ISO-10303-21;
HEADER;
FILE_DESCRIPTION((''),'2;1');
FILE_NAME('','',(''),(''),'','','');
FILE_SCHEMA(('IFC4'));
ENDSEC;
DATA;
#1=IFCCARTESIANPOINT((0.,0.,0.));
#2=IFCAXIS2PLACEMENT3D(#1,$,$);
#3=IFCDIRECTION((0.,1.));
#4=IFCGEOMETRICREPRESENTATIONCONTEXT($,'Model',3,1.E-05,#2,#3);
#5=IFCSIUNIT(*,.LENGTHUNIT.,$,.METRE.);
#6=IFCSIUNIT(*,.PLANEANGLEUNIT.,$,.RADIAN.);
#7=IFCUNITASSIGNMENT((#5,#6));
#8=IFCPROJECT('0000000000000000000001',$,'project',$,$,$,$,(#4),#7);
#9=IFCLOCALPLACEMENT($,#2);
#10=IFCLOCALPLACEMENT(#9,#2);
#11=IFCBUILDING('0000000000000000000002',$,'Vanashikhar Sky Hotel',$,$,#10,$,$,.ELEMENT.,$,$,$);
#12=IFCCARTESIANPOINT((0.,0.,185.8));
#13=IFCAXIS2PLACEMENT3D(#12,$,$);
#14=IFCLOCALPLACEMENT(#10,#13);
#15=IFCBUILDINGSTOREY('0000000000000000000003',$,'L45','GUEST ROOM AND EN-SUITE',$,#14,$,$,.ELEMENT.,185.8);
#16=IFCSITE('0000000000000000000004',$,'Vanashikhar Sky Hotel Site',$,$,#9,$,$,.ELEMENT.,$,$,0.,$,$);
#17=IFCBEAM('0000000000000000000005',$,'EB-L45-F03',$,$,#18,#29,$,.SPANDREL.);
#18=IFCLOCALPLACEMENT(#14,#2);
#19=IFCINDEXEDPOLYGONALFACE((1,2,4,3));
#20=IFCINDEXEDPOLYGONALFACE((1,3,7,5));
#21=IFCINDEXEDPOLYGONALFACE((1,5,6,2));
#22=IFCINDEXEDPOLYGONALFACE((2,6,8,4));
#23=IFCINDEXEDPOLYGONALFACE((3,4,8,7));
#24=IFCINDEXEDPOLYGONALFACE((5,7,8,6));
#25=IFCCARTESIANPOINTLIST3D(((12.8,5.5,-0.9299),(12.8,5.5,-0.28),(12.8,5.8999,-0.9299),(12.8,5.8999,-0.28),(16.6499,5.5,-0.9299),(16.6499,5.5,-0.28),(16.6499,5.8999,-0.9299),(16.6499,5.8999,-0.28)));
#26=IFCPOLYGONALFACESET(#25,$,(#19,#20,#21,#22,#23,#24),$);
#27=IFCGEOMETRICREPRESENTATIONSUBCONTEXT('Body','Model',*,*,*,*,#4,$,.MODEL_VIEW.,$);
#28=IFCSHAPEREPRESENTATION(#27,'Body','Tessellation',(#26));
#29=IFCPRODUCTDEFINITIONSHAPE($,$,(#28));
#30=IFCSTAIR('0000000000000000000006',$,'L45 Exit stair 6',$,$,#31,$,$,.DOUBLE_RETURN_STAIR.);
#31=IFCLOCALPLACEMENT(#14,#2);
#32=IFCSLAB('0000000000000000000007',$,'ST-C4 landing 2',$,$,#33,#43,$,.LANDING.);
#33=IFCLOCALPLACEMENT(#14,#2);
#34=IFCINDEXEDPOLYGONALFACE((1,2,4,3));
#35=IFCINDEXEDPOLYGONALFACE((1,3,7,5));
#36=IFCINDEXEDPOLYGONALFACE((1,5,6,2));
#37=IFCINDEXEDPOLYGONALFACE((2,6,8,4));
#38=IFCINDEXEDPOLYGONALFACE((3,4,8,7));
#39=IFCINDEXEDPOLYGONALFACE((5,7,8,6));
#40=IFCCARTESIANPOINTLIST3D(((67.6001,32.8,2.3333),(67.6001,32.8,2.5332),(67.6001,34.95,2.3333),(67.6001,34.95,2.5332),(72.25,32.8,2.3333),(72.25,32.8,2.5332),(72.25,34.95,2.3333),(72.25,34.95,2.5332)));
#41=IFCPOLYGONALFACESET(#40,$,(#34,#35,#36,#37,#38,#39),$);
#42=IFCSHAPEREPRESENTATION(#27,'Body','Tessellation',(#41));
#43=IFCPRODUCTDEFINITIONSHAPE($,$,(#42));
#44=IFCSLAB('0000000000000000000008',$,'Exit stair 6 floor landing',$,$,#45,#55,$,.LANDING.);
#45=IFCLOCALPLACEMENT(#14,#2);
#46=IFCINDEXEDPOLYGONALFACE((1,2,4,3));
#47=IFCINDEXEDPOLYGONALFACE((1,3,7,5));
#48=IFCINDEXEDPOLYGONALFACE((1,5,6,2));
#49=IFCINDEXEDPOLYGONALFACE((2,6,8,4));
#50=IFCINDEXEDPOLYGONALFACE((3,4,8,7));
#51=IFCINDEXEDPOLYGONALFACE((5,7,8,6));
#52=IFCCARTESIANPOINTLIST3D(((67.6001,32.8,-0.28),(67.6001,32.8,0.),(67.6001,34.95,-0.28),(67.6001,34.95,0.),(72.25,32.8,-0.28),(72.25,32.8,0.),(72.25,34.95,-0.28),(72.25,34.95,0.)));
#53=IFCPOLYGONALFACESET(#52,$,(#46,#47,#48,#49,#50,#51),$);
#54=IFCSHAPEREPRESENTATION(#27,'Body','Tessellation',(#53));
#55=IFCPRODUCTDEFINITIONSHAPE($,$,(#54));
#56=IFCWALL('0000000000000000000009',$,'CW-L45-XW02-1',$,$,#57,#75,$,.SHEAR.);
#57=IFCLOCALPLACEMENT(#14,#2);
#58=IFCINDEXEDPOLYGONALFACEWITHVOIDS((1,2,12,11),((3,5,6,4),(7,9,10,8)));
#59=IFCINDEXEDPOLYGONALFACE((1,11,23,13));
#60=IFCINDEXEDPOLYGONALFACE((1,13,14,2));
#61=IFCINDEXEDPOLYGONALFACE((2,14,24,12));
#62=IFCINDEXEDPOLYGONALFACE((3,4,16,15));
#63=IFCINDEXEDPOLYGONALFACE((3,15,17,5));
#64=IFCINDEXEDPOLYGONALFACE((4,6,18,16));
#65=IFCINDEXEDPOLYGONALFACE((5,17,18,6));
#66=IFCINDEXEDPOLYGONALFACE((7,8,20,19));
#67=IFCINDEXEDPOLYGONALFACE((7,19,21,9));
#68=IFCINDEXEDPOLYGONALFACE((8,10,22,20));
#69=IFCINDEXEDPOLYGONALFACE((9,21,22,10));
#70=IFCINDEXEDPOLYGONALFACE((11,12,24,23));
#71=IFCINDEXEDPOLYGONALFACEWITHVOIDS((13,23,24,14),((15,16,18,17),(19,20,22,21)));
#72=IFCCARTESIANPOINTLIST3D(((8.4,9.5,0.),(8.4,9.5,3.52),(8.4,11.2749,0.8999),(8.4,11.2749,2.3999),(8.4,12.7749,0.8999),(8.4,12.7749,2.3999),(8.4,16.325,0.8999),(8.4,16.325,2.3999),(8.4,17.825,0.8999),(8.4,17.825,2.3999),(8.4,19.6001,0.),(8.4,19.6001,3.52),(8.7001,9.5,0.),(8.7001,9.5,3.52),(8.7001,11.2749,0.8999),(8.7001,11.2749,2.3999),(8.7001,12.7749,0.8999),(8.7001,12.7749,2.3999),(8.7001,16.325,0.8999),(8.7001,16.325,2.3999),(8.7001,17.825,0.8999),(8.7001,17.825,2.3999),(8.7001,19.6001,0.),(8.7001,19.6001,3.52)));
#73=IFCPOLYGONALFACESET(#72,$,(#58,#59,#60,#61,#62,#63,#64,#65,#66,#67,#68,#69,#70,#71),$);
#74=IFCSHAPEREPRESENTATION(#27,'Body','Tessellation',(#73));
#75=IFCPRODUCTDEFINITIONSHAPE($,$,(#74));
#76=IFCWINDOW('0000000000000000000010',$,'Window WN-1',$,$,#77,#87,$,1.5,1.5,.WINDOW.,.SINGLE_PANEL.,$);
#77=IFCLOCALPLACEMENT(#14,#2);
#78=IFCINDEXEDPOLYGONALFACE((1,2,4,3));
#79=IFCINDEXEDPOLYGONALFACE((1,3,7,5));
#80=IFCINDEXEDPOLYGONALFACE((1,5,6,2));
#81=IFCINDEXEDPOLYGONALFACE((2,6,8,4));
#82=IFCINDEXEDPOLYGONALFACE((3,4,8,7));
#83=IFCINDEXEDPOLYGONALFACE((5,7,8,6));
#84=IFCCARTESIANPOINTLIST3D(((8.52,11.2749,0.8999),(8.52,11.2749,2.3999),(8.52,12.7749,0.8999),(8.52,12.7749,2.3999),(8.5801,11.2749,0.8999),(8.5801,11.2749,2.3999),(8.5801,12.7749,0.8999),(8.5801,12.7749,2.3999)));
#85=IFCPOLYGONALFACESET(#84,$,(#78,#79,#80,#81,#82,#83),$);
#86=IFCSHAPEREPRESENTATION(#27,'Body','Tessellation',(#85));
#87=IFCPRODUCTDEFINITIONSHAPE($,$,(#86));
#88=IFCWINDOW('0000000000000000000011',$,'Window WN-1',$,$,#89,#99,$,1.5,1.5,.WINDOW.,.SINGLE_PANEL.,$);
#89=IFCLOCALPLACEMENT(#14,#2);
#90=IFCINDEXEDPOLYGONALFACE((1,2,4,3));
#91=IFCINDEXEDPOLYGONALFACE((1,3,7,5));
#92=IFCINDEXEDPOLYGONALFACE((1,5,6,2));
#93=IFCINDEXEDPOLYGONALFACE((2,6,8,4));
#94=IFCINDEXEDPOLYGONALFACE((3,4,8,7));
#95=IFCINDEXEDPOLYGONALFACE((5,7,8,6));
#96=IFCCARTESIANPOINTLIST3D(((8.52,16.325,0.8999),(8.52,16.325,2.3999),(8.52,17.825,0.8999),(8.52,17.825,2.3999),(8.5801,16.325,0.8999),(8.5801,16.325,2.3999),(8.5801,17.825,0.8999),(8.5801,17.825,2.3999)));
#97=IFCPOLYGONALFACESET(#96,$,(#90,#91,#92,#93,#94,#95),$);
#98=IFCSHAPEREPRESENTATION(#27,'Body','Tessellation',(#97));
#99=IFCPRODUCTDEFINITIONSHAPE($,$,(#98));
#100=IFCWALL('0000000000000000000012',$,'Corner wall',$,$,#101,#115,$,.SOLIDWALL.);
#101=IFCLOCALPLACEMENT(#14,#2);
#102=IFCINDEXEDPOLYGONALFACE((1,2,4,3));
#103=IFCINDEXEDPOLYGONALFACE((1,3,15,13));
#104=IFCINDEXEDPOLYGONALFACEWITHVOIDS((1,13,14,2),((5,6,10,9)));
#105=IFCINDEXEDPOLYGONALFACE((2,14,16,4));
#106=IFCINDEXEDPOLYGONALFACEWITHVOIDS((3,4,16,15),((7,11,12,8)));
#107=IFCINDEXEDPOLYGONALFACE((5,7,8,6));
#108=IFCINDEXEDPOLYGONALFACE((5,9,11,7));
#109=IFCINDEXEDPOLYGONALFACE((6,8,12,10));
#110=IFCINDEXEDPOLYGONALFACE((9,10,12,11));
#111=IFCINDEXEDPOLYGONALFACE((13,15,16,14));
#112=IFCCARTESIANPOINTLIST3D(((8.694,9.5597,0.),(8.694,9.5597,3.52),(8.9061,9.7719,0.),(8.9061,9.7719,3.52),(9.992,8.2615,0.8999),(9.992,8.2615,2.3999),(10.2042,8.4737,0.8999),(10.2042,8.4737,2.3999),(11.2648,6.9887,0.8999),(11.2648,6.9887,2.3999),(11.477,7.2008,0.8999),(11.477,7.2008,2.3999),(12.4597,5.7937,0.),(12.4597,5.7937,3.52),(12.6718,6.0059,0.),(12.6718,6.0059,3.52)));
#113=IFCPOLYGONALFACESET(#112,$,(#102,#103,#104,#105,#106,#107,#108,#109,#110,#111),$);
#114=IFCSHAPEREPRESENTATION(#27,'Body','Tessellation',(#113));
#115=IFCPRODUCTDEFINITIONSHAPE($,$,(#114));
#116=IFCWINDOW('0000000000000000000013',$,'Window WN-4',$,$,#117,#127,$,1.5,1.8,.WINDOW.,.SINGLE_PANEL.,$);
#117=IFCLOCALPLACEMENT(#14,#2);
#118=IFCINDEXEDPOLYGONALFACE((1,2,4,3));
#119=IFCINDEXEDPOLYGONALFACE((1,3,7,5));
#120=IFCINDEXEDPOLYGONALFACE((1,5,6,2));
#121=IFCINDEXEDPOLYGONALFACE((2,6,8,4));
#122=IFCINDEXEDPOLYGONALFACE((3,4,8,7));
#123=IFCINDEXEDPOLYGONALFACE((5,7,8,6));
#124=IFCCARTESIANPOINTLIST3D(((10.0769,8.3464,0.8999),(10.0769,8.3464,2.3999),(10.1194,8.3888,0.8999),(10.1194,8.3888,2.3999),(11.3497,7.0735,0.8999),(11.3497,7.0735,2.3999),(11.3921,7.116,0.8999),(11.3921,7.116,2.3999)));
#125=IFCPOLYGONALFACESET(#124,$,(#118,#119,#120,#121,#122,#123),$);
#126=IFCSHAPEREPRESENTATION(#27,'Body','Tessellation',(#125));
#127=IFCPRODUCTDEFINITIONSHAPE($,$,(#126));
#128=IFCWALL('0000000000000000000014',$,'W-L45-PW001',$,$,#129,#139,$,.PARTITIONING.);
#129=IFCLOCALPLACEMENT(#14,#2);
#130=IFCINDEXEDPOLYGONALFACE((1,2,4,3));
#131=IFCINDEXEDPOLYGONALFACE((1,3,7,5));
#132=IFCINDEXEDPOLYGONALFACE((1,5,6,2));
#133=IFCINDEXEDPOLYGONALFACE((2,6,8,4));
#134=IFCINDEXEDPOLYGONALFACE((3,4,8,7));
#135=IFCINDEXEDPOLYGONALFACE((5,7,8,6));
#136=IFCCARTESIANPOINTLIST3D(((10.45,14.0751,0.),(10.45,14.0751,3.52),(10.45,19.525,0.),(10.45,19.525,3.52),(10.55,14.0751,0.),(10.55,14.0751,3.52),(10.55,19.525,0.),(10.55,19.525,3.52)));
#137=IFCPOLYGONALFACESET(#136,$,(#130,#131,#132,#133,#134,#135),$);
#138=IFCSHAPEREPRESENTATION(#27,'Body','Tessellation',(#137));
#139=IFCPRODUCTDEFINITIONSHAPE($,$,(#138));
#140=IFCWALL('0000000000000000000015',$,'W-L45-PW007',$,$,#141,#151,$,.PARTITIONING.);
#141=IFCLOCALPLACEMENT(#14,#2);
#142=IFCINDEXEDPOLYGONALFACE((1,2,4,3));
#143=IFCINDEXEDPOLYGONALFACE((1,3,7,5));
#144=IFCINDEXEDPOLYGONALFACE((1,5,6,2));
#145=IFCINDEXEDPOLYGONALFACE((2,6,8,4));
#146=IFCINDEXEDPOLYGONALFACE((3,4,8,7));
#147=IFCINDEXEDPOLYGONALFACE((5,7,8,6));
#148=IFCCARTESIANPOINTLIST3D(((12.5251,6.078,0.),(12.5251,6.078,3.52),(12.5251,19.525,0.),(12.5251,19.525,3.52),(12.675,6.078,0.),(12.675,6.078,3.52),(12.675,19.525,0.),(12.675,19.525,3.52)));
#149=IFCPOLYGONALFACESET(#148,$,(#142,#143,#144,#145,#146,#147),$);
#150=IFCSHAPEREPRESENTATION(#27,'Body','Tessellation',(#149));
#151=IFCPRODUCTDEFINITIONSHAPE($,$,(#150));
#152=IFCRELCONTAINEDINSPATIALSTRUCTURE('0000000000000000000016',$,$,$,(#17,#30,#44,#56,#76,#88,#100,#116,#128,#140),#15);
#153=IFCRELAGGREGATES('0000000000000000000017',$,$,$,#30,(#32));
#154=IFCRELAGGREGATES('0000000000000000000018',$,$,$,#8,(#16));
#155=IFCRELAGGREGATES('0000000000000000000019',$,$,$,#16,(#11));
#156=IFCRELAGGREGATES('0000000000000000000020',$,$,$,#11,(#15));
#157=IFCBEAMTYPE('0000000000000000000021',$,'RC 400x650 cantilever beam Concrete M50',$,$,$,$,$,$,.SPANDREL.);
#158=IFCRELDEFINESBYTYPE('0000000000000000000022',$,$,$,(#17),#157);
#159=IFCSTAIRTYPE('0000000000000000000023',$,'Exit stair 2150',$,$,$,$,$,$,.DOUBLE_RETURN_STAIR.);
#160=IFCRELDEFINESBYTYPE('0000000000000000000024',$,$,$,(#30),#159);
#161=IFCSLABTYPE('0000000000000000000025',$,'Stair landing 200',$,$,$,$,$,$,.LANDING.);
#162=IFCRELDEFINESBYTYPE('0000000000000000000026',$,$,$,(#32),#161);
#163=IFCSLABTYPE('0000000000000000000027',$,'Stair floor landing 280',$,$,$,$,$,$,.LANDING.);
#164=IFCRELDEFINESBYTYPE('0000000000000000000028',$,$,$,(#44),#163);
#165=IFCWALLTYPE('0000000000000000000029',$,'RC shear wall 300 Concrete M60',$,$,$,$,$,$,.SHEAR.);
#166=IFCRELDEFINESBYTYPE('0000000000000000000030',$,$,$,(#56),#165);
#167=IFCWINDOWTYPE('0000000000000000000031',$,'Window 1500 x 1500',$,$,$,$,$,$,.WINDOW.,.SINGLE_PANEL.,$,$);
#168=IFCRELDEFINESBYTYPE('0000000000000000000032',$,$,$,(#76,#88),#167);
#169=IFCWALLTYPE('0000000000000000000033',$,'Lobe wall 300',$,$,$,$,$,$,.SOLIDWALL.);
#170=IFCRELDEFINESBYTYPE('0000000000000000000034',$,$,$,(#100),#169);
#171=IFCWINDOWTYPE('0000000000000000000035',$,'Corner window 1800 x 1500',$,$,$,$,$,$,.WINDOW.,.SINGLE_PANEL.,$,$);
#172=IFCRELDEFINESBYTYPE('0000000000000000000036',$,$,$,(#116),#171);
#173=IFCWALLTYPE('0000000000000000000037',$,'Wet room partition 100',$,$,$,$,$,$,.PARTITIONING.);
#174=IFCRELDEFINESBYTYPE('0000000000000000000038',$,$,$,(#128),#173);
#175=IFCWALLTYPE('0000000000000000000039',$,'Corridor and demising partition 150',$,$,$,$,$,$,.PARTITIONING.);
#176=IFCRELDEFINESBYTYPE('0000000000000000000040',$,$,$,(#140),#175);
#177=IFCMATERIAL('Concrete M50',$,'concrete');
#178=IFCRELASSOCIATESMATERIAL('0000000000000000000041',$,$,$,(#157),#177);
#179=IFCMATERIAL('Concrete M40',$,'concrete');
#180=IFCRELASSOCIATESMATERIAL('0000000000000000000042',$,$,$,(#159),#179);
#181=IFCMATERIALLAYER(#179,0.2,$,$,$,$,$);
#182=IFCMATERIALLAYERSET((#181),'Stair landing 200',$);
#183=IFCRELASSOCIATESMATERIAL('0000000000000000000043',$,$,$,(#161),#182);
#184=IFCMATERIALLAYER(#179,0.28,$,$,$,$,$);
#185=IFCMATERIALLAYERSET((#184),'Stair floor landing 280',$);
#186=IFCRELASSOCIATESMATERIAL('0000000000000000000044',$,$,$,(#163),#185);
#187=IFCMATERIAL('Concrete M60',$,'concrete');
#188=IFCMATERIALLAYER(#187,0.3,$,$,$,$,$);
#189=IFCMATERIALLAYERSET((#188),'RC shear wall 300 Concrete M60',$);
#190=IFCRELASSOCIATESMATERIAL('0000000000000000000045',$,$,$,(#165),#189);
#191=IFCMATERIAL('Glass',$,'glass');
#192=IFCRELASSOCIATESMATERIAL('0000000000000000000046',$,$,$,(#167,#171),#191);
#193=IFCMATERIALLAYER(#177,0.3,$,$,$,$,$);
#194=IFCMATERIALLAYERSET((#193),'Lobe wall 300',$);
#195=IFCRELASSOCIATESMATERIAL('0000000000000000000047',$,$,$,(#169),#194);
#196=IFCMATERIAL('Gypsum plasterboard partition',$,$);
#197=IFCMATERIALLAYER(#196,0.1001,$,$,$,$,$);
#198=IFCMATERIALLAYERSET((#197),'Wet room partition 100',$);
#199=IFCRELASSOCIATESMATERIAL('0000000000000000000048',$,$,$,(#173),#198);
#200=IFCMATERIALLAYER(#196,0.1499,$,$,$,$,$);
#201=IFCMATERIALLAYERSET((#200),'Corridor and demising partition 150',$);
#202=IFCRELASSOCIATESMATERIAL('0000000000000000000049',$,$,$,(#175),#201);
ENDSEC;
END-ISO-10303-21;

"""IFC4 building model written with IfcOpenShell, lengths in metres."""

from ifc_helpers import new_model, si_unit, direction, frame, frame_2d, origin, origin_2d, place, context, subcontext, project, spatial, polyline, rectangle, outline, extrude, source, transform, mapped, material, layer, layer_set, material_profile, profile_set, type_object, element, fill, aggregate, save


model = new_model("IFC4")

# Units and contexts
model_context = context("Model", 3, precision=1e-05, world=origin(), true_north=direction((0.0, 1.0)))
body_context = subcontext(model_context, "Body", "Model", "MODEL_VIEW")
ifc_project = project(units=[si_unit("LENGTHUNIT", "METRE"), si_unit("PLANEANGLEUNIT", "RADIAN")], contexts=[model_context])

# Site, building, storey
site_placement = place(None, origin())
site = spatial("IfcSite", under=ifc_project, at=site_placement, Name="Vanashikhar Sky Hotel Site", CompositionType="ELEMENT", RefElevation=0.0)
building_placement = place(site_placement, origin())
building = spatial("IfcBuilding", under=site, at=building_placement, Name="Vanashikhar Sky Hotel", CompositionType="ELEMENT")
storey_placement = place(building_placement, frame((0.0, 0.0, 185.8)))
storey = spatial("IfcBuildingStorey", under=building, at=storey_placement, Name="L45", Description="GUEST ROOM AND EN-SUITE", CompositionType="ELEMENT", Elevation=185.8)

# Beam
ifc_material_1 = material(Name="Concrete M50", Category="concrete")
ifc_material_profile = material_profile(ifc_material_1, rectangle(XDim=0.3999, YDim=0.6499, at=origin_2d()))
ifc_profile_set = profile_set([ifc_material_profile], Name="RC 400x650 cantilever beam Concrete M50")
beam_type = type_object("IfcBeamType", Name="RC 400x650 cantilever beam Concrete M50", PredefinedType="SPANDREL", material=ifc_profile_set)
shared_shape_1 = source(origin(), body_context, "Body", "SweptSolid", [
    extrude(rectangle(XDim=0.3999, YDim=0.6499, at=origin_2d()), origin(), (0.0, 0.0, 1.0), 3.8499),
])
beam_placement = place(storey_placement, frame((12.8, 5.7, -0.605), z_axis=(1.0, 0.0, 0.0), x_axis=(0.0, 1.0, 0.0)))
element("IfcBeam", 1, at=beam_placement, inside=storey, type_object=beam_type, Name="EB-L45-F03", PredefinedType="SPANDREL", context=body_context, shape_type="MappedRepresentation", body=[
    mapped(shared_shape_1, transform((0.0, 0.0, 0.0), scale=1.0)),
])

# Stair, slab
ifc_material_2 = material(Name="Concrete M40", Category="concrete")
stair_type = type_object("IfcStairType", Name="Exit stair 2150", PredefinedType="DOUBLE_RETURN_STAIR", material=ifc_material_2)
stair_placement = place(storey_placement, origin())
stair = element("IfcStair", 2, at=stair_placement, inside=storey, type_object=stair_type, Name="L45 Exit stair 6", PredefinedType="DOUBLE_RETURN_STAIR")
ifc_layer_1 = layer(ifc_material_2, 0.2)
ifc_layer_set_1 = layer_set([ifc_layer_1], Name="Stair landing 200")
slab_type_1 = type_object("IfcSlabType", Name="Stair landing 200", PredefinedType="LANDING", material=ifc_layer_set_1)
shared_shape_2 = source(origin(), body_context, "Body", "SweptSolid", [
    extrude(outline(polyline([(72.25, 32.8), (72.25, 34.95), (67.6001, 34.95), (67.6001, 32.8), (72.25, 32.8)])), origin(), (0.0, 0.0, 1.0), 0.2),
])
slab_1_placement = place(storey_placement, frame((0.0, 0.0, 2.3333)))
slab_1 = element("IfcSlab", 3, at=slab_1_placement, type_object=slab_type_1, Name="ST-C4 landing 2", PredefinedType="LANDING", context=body_context, shape_type="MappedRepresentation", body=[
    mapped(shared_shape_2, transform((0.0, 0.0, 0.0), scale=1.0)),
])
aggregate(stair, [slab_1])

# Slab
ifc_layer_2 = layer(ifc_material_2, 0.28)
ifc_layer_set_2 = layer_set([ifc_layer_2], Name="Stair floor landing 280")
slab_type_2 = type_object("IfcSlabType", Name="Stair floor landing 280", PredefinedType="LANDING", material=ifc_layer_set_2)
shared_shape_3 = source(origin(), body_context, "Body", "SweptSolid", [
    extrude(outline(polyline([(72.25, 32.8), (72.25, 34.95), (67.6001, 34.95), (67.6001, 32.8), (72.25, 32.8)])), origin(), (0.0, 0.0, 1.0), 0.28),
])
slab_2_placement = place(storey_placement, frame((0.0, 0.0, -0.28)))
element("IfcSlab", 4, at=slab_2_placement, inside=storey, type_object=slab_type_2, Name="Exit stair 6 floor landing", PredefinedType="LANDING", context=body_context, shape_type="MappedRepresentation", body=[
    mapped(shared_shape_3, transform((0.0, 0.0, 0.0), scale=1.0)),
])

# Wall, openings, windows
ifc_material_3 = material(Name="Concrete M60", Category="concrete")
ifc_layer_3 = layer(ifc_material_3, 0.3)
ifc_layer_set_3 = layer_set([ifc_layer_3], Name="RC shear wall 300 Concrete M60")
wall_type_1 = type_object("IfcWallType", Name="RC shear wall 300 Concrete M60", PredefinedType="SHEAR", material=ifc_layer_set_3)
shared_shape_4 = source(origin(), body_context, "Body", "SweptSolid", [
    extrude(rectangle(XDim=10.1001, YDim=0.3, at=frame_2d((5.05, 0.0))), origin(), (0.0, 0.0, 1.0), 3.52),
])
wall_1_placement = place(storey_placement, frame((8.55, 9.5, 0.0), z_axis=(0.0, 0.0, 1.0), x_axis=(0.0, 1.0, 0.0)))
wall_1 = element("IfcWall", 5, at=wall_1_placement, inside=storey, type_object=wall_type_1, Name="CW-L45-XW02-1", PredefinedType="SHEAR", context=body_context, shape_type="MappedRepresentation", body=[
    mapped(shared_shape_4, transform((0.0, 0.0, 0.0), scale=1.0)),
])
shared_shape_5 = source(origin(), body_context, "Body", "SweptSolid", [
    extrude(rectangle(XDim=1.5, YDim=1.5, at=frame_2d((0.75, 0.75))), frame((0.0, 0.1602, 0.0), z_axis=(0.0, -1.0, 0.0), x_axis=(1.0, 0.0, 0.0)), (0.0, 0.0, 1.0), 0.3201),
])
opening_1_placement = place(wall_1_placement, frame((1.7749, 0.0, 0.8999)))
opening_1 = element("IfcOpeningElement", 6, at=opening_1_placement, cuts=wall_1, PredefinedType="OPENING", context=body_context, shape_type="MappedRepresentation", body=[
    mapped(shared_shape_5, transform((0.0, 0.0, 0.0), scale=1.0)),
])
opening_2_placement = place(wall_1_placement, frame((6.825, 0.0, 0.8999)))
opening_2 = element("IfcOpeningElement", 7, at=opening_2_placement, cuts=wall_1, PredefinedType="OPENING", context=body_context, shape_type="MappedRepresentation", body=[
    mapped(shared_shape_5, transform((0.0, 0.0, 0.0), scale=1.0)),
])
ifc_material_4 = material(Name="Glass", Category="glass")
window_type_1 = type_object("IfcWindowType", Name="Window 1500 x 1500", PartitioningType="SINGLE_PANEL", PredefinedType="WINDOW", material=ifc_material_4)
shared_shape_6 = source(origin(), body_context, "Body", "SweptSolid", [
    extrude(rectangle(XDim=1.5, YDim=1.5, at=frame_2d((0.75, 0.75))), frame((0.0, 0.03, 0.0), z_axis=(0.0, -1.0, 0.0), x_axis=(1.0, 0.0, 0.0)), (0.0, 0.0, 1.0), 0.0601),
])
window_1_placement = place(opening_1_placement, origin())
window_1 = element("IfcWindow", 8, at=window_1_placement, inside=storey, type_object=window_type_1, Name="Window WN-1", OverallHeight=1.5, OverallWidth=1.5, PartitioningType="SINGLE_PANEL", PredefinedType="WINDOW", context=body_context, shape_type="MappedRepresentation", body=[
    mapped(shared_shape_6, transform((0.0, 0.0, 0.0), scale=1.0)),
])
fill(opening_1, window_1)
window_2_placement = place(opening_2_placement, origin())
window_2 = element("IfcWindow", 9, at=window_2_placement, inside=storey, type_object=window_type_1, Name="Window WN-1", OverallHeight=1.5, OverallWidth=1.5, PartitioningType="SINGLE_PANEL", PredefinedType="WINDOW", context=body_context, shape_type="MappedRepresentation", body=[
    mapped(shared_shape_6, transform((0.0, 0.0, 0.0), scale=1.0)),
])
fill(opening_2, window_2)

# Wall, opening, window
ifc_layer_4 = layer(ifc_material_1, 0.3)
ifc_layer_set_4 = layer_set([ifc_layer_4], Name="Lobe wall 300")
wall_type_2 = type_object("IfcWallType", Name="Lobe wall 300", PredefinedType="SOLIDWALL", material=ifc_layer_set_4)
shared_shape_7 = source(origin(), body_context, "Body", "SweptSolid", [
    extrude(rectangle(XDim=5.3257, YDim=0.3, at=frame_2d((2.6628, 0.0))), origin(), (0.0, 0.0, 1.0), 3.52),
])
wall_2_placement = place(storey_placement, frame((8.8, 9.6658, 0.0), z_axis=(0.0, 0.0, 1.0), x_axis=(0.707084, -0.70713, 0.0)))
wall_2 = element("IfcWall", 10, at=wall_2_placement, inside=storey, type_object=wall_type_2, Name="Corner wall", PredefinedType="SOLIDWALL", context=body_context, shape_type="MappedRepresentation", body=[
    mapped(shared_shape_7, transform((0.0, 0.0, 0.0), scale=1.0)),
])
shared_shape_8 = source(origin(), body_context, "Body", "SweptSolid", [
    extrude(rectangle(XDim=1.8, YDim=1.5, at=frame_2d((0.8999, 0.75))), frame((0.0, 0.1602, 0.0), z_axis=(0.0, -1.0, 0.0), x_axis=(1.0, 0.0, 0.0)), (0.0, 0.0, 1.0), 0.3201),
])
opening_3_placement = place(wall_2_placement, frame((1.8359, 0.0, 0.8999)))
opening_3 = element("IfcOpeningElement", 11, at=opening_3_placement, cuts=wall_2, PredefinedType="OPENING", context=body_context, shape_type="MappedRepresentation", body=[
    mapped(shared_shape_8, transform((0.0, 0.0, 0.0), scale=1.0)),
])
window_type_2 = type_object("IfcWindowType", Name="Corner window 1800 x 1500", PartitioningType="SINGLE_PANEL", PredefinedType="WINDOW", material=ifc_material_4)
shared_shape_9 = source(origin(), body_context, "Body", "SweptSolid", [
    extrude(rectangle(XDim=1.8, YDim=1.5, at=frame_2d((0.8999, 0.75))), frame((0.0, 0.03, 0.0), z_axis=(0.0, -1.0, 0.0), x_axis=(1.0, 0.0, 0.0)), (0.0, 0.0, 1.0), 0.0601),
])
window_3_placement = place(opening_3_placement, origin())
window_3 = element("IfcWindow", 12, at=window_3_placement, inside=storey, type_object=window_type_2, Name="Window WN-4", OverallHeight=1.5, OverallWidth=1.8, PartitioningType="SINGLE_PANEL", PredefinedType="WINDOW", context=body_context, shape_type="MappedRepresentation", body=[
    mapped(shared_shape_9, transform((0.0, 0.0, 0.0), scale=1.0)),
])
fill(opening_3, window_3)

# Walls
ifc_material_5 = material(Name="Gypsum plasterboard partition")
ifc_layer_5 = layer(ifc_material_5, 0.1001)
ifc_layer_set_5 = layer_set([ifc_layer_5], Name="Wet room partition 100")
wall_type_3 = type_object("IfcWallType", Name="Wet room partition 100", PredefinedType="PARTITIONING", material=ifc_layer_set_5)
shared_shape_10 = source(origin(), body_context, "Body", "SweptSolid", [
    extrude(rectangle(XDim=5.45, YDim=0.1001, at=frame_2d((2.7251, 0.0))), origin(), (0.0, 0.0, 1.0), 3.52),
])
wall_3_placement = place(storey_placement, frame((10.5, 14.075, 0.0), z_axis=(0.0, 0.0, 1.0), x_axis=(0.0, 1.0, 0.0)))
element("IfcWall", 13, at=wall_3_placement, inside=storey, type_object=wall_type_3, Name="W-L45-PW001", PredefinedType="PARTITIONING", context=body_context, shape_type="MappedRepresentation", body=[
    mapped(shared_shape_10, transform((0.0, 0.0, 0.0), scale=1.0)),
])
ifc_layer_6 = layer(ifc_material_5, 0.1499)
ifc_layer_set_6 = layer_set([ifc_layer_6], Name="Corridor and demising partition 150")
wall_type_4 = type_object("IfcWallType", Name="Corridor and demising partition 150", PredefinedType="PARTITIONING", material=ifc_layer_set_6)
shared_shape_11 = source(origin(), body_context, "Body", "SweptSolid", [
    extrude(rectangle(XDim=13.447, YDim=0.1499, at=frame_2d((6.7236, 0.0))), origin(), (0.0, 0.0, 1.0), 3.52),
])
wall_4_placement = place(storey_placement, frame((12.6001, 6.0779, 0.0), z_axis=(0.0, 0.0, 1.0), x_axis=(0.0, 1.0, 0.0)))
element("IfcWall", 14, at=wall_4_placement, inside=storey, type_object=wall_type_4, Name="W-L45-PW007", PredefinedType="PARTITIONING", context=body_context, shape_type="MappedRepresentation", body=[
    mapped(shared_shape_11, transform((0.0, 0.0, 0.0), scale=1.0)),
])

save(model, "model.ifc")
